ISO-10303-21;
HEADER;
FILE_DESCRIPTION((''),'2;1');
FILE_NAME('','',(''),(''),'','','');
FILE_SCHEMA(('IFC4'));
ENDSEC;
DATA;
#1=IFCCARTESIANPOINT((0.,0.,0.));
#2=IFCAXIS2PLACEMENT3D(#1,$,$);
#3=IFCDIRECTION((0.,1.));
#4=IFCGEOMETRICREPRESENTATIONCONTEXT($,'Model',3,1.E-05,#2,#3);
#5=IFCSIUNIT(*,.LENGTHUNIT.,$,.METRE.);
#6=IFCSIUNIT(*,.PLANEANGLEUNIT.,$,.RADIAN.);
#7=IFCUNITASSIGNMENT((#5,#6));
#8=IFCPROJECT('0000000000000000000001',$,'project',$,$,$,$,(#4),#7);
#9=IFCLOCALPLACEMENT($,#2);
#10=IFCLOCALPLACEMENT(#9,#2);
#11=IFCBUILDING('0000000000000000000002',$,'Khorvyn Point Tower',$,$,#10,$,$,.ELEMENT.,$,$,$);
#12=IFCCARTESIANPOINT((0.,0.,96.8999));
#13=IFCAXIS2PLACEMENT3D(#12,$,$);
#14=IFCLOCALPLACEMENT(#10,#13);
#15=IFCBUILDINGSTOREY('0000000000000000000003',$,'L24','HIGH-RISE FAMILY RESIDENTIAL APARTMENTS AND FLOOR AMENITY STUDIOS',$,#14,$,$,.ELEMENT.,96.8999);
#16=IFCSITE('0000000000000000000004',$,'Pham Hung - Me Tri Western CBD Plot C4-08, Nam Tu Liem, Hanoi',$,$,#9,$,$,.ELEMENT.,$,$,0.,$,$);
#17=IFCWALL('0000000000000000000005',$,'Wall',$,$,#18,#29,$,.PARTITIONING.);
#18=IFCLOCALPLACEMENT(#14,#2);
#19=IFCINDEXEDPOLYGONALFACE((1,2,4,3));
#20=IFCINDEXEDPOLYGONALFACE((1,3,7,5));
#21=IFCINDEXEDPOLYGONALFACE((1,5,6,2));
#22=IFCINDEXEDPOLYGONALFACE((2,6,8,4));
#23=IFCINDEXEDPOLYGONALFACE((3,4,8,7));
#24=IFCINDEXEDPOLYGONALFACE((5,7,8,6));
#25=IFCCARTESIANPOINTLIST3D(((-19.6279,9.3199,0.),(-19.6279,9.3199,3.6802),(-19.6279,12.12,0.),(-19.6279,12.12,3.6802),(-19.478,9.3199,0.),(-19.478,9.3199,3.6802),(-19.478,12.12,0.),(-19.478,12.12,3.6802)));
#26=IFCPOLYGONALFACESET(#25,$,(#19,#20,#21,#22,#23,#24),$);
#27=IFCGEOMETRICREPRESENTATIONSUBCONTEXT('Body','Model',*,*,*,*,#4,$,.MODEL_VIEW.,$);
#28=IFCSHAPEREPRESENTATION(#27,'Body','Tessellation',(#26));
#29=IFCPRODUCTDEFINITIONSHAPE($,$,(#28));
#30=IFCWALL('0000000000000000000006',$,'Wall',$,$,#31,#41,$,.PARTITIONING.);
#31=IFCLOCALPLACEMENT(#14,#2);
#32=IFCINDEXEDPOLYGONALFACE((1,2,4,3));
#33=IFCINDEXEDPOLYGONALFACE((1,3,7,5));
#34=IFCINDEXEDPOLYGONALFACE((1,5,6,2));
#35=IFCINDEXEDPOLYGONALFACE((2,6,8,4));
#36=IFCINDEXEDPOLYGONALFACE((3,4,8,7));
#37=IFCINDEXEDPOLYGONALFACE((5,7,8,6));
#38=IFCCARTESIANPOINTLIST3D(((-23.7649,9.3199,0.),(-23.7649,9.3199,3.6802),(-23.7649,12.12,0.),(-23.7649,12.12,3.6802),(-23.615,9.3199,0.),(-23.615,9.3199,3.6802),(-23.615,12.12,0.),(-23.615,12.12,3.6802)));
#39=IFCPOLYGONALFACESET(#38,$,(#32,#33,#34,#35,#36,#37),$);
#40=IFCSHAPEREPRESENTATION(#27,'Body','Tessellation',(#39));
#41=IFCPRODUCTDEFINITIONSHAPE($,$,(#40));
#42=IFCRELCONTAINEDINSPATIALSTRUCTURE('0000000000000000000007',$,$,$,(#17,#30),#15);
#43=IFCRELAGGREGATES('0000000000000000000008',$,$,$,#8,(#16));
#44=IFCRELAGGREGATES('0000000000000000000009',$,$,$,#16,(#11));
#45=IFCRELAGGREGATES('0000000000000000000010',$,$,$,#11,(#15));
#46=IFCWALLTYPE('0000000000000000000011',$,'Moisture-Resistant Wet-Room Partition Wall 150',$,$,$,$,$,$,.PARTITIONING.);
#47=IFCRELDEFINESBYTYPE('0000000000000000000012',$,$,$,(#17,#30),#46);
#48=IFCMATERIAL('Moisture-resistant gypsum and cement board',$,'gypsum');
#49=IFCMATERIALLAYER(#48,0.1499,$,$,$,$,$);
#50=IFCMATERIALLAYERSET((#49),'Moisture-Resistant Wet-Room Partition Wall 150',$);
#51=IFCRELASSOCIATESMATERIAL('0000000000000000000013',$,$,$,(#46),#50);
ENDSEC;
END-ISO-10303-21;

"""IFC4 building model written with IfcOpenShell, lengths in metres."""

from ifc_helpers import new_model, si_unit, direction, frame, frame_2d, origin, place, context, subcontext, project, spatial, rectangle, extrude, material, layer, layer_set, type_object, element, save


model = new_model("IFC4")

# Units and contexts
model_context = context("Model", 3, precision=1e-05, world=origin(), true_north=direction((0.0, 1.0)))
body_context = subcontext(model_context, "Body", "Model", "MODEL_VIEW")
ifc_project = project(units=[si_unit("LENGTHUNIT", "METRE"), si_unit("PLANEANGLEUNIT", "RADIAN")], contexts=[model_context])

# Site, building, storey
site_placement = place(None, origin())
site = spatial("IfcSite", under=ifc_project, at=site_placement, Name="Pham Hung - Me Tri Western CBD Plot C4-08, Nam Tu Liem, Hanoi", CompositionType="ELEMENT", RefElevation=0.0)
building_placement = place(site_placement, origin())
building = spatial("IfcBuilding", under=site, at=building_placement, Name="Khorvyn Point Tower", CompositionType="ELEMENT")
storey_placement = place(building_placement, frame((0.0, 0.0, 96.8999)))
storey = spatial("IfcBuildingStorey", under=building, at=storey_placement, Name="L24", Description="HIGH-RISE FAMILY RESIDENTIAL APARTMENTS AND FLOOR AMENITY STUDIOS", CompositionType="ELEMENT", Elevation=96.8999)

# Shared definitions
ifc_material_1 = material(Name="Moisture-resistant gypsum and cement board", Category="gypsum")
ifc_layer_1 = layer(ifc_material_1, 0.1499)
ifc_layer_set_1 = layer_set([ifc_layer_1], Name="Moisture-Resistant Wet-Room Partition Wall 150")
wall_type_1 = type_object("IfcWallType", Name="Moisture-Resistant Wet-Room Partition Wall 150", PredefinedType="PARTITIONING", material=ifc_layer_set_1)

# Walls
for number, where, z_axis, x_axis, name in (
    (1, (-19.553, 9.3201, 0.0), (0.0, 0.0, 1.0), (0.0, 1.0, 0.0), "Wall"),
    (2, (-23.6899, 9.3201, 0.0), (0.0, 0.0, 1.0), (0.0, 1.0, 0.0), "Wall"),
):
    element("IfcWall", number, at=place(storey_placement, frame(where, z_axis=z_axis, x_axis=x_axis)), inside=storey, type_object=wall_type_1, Name=name, PredefinedType="PARTITIONING", context=body_context, shape_type="SweptSolid", body=[
        extrude(rectangle(XDim=2.8, YDim=0.1499, at=frame_2d((1.3999, 0.0))), origin(), (0.0, 0.0, 1.0), 3.6802),
    ])

save(model, "model.ifc")
